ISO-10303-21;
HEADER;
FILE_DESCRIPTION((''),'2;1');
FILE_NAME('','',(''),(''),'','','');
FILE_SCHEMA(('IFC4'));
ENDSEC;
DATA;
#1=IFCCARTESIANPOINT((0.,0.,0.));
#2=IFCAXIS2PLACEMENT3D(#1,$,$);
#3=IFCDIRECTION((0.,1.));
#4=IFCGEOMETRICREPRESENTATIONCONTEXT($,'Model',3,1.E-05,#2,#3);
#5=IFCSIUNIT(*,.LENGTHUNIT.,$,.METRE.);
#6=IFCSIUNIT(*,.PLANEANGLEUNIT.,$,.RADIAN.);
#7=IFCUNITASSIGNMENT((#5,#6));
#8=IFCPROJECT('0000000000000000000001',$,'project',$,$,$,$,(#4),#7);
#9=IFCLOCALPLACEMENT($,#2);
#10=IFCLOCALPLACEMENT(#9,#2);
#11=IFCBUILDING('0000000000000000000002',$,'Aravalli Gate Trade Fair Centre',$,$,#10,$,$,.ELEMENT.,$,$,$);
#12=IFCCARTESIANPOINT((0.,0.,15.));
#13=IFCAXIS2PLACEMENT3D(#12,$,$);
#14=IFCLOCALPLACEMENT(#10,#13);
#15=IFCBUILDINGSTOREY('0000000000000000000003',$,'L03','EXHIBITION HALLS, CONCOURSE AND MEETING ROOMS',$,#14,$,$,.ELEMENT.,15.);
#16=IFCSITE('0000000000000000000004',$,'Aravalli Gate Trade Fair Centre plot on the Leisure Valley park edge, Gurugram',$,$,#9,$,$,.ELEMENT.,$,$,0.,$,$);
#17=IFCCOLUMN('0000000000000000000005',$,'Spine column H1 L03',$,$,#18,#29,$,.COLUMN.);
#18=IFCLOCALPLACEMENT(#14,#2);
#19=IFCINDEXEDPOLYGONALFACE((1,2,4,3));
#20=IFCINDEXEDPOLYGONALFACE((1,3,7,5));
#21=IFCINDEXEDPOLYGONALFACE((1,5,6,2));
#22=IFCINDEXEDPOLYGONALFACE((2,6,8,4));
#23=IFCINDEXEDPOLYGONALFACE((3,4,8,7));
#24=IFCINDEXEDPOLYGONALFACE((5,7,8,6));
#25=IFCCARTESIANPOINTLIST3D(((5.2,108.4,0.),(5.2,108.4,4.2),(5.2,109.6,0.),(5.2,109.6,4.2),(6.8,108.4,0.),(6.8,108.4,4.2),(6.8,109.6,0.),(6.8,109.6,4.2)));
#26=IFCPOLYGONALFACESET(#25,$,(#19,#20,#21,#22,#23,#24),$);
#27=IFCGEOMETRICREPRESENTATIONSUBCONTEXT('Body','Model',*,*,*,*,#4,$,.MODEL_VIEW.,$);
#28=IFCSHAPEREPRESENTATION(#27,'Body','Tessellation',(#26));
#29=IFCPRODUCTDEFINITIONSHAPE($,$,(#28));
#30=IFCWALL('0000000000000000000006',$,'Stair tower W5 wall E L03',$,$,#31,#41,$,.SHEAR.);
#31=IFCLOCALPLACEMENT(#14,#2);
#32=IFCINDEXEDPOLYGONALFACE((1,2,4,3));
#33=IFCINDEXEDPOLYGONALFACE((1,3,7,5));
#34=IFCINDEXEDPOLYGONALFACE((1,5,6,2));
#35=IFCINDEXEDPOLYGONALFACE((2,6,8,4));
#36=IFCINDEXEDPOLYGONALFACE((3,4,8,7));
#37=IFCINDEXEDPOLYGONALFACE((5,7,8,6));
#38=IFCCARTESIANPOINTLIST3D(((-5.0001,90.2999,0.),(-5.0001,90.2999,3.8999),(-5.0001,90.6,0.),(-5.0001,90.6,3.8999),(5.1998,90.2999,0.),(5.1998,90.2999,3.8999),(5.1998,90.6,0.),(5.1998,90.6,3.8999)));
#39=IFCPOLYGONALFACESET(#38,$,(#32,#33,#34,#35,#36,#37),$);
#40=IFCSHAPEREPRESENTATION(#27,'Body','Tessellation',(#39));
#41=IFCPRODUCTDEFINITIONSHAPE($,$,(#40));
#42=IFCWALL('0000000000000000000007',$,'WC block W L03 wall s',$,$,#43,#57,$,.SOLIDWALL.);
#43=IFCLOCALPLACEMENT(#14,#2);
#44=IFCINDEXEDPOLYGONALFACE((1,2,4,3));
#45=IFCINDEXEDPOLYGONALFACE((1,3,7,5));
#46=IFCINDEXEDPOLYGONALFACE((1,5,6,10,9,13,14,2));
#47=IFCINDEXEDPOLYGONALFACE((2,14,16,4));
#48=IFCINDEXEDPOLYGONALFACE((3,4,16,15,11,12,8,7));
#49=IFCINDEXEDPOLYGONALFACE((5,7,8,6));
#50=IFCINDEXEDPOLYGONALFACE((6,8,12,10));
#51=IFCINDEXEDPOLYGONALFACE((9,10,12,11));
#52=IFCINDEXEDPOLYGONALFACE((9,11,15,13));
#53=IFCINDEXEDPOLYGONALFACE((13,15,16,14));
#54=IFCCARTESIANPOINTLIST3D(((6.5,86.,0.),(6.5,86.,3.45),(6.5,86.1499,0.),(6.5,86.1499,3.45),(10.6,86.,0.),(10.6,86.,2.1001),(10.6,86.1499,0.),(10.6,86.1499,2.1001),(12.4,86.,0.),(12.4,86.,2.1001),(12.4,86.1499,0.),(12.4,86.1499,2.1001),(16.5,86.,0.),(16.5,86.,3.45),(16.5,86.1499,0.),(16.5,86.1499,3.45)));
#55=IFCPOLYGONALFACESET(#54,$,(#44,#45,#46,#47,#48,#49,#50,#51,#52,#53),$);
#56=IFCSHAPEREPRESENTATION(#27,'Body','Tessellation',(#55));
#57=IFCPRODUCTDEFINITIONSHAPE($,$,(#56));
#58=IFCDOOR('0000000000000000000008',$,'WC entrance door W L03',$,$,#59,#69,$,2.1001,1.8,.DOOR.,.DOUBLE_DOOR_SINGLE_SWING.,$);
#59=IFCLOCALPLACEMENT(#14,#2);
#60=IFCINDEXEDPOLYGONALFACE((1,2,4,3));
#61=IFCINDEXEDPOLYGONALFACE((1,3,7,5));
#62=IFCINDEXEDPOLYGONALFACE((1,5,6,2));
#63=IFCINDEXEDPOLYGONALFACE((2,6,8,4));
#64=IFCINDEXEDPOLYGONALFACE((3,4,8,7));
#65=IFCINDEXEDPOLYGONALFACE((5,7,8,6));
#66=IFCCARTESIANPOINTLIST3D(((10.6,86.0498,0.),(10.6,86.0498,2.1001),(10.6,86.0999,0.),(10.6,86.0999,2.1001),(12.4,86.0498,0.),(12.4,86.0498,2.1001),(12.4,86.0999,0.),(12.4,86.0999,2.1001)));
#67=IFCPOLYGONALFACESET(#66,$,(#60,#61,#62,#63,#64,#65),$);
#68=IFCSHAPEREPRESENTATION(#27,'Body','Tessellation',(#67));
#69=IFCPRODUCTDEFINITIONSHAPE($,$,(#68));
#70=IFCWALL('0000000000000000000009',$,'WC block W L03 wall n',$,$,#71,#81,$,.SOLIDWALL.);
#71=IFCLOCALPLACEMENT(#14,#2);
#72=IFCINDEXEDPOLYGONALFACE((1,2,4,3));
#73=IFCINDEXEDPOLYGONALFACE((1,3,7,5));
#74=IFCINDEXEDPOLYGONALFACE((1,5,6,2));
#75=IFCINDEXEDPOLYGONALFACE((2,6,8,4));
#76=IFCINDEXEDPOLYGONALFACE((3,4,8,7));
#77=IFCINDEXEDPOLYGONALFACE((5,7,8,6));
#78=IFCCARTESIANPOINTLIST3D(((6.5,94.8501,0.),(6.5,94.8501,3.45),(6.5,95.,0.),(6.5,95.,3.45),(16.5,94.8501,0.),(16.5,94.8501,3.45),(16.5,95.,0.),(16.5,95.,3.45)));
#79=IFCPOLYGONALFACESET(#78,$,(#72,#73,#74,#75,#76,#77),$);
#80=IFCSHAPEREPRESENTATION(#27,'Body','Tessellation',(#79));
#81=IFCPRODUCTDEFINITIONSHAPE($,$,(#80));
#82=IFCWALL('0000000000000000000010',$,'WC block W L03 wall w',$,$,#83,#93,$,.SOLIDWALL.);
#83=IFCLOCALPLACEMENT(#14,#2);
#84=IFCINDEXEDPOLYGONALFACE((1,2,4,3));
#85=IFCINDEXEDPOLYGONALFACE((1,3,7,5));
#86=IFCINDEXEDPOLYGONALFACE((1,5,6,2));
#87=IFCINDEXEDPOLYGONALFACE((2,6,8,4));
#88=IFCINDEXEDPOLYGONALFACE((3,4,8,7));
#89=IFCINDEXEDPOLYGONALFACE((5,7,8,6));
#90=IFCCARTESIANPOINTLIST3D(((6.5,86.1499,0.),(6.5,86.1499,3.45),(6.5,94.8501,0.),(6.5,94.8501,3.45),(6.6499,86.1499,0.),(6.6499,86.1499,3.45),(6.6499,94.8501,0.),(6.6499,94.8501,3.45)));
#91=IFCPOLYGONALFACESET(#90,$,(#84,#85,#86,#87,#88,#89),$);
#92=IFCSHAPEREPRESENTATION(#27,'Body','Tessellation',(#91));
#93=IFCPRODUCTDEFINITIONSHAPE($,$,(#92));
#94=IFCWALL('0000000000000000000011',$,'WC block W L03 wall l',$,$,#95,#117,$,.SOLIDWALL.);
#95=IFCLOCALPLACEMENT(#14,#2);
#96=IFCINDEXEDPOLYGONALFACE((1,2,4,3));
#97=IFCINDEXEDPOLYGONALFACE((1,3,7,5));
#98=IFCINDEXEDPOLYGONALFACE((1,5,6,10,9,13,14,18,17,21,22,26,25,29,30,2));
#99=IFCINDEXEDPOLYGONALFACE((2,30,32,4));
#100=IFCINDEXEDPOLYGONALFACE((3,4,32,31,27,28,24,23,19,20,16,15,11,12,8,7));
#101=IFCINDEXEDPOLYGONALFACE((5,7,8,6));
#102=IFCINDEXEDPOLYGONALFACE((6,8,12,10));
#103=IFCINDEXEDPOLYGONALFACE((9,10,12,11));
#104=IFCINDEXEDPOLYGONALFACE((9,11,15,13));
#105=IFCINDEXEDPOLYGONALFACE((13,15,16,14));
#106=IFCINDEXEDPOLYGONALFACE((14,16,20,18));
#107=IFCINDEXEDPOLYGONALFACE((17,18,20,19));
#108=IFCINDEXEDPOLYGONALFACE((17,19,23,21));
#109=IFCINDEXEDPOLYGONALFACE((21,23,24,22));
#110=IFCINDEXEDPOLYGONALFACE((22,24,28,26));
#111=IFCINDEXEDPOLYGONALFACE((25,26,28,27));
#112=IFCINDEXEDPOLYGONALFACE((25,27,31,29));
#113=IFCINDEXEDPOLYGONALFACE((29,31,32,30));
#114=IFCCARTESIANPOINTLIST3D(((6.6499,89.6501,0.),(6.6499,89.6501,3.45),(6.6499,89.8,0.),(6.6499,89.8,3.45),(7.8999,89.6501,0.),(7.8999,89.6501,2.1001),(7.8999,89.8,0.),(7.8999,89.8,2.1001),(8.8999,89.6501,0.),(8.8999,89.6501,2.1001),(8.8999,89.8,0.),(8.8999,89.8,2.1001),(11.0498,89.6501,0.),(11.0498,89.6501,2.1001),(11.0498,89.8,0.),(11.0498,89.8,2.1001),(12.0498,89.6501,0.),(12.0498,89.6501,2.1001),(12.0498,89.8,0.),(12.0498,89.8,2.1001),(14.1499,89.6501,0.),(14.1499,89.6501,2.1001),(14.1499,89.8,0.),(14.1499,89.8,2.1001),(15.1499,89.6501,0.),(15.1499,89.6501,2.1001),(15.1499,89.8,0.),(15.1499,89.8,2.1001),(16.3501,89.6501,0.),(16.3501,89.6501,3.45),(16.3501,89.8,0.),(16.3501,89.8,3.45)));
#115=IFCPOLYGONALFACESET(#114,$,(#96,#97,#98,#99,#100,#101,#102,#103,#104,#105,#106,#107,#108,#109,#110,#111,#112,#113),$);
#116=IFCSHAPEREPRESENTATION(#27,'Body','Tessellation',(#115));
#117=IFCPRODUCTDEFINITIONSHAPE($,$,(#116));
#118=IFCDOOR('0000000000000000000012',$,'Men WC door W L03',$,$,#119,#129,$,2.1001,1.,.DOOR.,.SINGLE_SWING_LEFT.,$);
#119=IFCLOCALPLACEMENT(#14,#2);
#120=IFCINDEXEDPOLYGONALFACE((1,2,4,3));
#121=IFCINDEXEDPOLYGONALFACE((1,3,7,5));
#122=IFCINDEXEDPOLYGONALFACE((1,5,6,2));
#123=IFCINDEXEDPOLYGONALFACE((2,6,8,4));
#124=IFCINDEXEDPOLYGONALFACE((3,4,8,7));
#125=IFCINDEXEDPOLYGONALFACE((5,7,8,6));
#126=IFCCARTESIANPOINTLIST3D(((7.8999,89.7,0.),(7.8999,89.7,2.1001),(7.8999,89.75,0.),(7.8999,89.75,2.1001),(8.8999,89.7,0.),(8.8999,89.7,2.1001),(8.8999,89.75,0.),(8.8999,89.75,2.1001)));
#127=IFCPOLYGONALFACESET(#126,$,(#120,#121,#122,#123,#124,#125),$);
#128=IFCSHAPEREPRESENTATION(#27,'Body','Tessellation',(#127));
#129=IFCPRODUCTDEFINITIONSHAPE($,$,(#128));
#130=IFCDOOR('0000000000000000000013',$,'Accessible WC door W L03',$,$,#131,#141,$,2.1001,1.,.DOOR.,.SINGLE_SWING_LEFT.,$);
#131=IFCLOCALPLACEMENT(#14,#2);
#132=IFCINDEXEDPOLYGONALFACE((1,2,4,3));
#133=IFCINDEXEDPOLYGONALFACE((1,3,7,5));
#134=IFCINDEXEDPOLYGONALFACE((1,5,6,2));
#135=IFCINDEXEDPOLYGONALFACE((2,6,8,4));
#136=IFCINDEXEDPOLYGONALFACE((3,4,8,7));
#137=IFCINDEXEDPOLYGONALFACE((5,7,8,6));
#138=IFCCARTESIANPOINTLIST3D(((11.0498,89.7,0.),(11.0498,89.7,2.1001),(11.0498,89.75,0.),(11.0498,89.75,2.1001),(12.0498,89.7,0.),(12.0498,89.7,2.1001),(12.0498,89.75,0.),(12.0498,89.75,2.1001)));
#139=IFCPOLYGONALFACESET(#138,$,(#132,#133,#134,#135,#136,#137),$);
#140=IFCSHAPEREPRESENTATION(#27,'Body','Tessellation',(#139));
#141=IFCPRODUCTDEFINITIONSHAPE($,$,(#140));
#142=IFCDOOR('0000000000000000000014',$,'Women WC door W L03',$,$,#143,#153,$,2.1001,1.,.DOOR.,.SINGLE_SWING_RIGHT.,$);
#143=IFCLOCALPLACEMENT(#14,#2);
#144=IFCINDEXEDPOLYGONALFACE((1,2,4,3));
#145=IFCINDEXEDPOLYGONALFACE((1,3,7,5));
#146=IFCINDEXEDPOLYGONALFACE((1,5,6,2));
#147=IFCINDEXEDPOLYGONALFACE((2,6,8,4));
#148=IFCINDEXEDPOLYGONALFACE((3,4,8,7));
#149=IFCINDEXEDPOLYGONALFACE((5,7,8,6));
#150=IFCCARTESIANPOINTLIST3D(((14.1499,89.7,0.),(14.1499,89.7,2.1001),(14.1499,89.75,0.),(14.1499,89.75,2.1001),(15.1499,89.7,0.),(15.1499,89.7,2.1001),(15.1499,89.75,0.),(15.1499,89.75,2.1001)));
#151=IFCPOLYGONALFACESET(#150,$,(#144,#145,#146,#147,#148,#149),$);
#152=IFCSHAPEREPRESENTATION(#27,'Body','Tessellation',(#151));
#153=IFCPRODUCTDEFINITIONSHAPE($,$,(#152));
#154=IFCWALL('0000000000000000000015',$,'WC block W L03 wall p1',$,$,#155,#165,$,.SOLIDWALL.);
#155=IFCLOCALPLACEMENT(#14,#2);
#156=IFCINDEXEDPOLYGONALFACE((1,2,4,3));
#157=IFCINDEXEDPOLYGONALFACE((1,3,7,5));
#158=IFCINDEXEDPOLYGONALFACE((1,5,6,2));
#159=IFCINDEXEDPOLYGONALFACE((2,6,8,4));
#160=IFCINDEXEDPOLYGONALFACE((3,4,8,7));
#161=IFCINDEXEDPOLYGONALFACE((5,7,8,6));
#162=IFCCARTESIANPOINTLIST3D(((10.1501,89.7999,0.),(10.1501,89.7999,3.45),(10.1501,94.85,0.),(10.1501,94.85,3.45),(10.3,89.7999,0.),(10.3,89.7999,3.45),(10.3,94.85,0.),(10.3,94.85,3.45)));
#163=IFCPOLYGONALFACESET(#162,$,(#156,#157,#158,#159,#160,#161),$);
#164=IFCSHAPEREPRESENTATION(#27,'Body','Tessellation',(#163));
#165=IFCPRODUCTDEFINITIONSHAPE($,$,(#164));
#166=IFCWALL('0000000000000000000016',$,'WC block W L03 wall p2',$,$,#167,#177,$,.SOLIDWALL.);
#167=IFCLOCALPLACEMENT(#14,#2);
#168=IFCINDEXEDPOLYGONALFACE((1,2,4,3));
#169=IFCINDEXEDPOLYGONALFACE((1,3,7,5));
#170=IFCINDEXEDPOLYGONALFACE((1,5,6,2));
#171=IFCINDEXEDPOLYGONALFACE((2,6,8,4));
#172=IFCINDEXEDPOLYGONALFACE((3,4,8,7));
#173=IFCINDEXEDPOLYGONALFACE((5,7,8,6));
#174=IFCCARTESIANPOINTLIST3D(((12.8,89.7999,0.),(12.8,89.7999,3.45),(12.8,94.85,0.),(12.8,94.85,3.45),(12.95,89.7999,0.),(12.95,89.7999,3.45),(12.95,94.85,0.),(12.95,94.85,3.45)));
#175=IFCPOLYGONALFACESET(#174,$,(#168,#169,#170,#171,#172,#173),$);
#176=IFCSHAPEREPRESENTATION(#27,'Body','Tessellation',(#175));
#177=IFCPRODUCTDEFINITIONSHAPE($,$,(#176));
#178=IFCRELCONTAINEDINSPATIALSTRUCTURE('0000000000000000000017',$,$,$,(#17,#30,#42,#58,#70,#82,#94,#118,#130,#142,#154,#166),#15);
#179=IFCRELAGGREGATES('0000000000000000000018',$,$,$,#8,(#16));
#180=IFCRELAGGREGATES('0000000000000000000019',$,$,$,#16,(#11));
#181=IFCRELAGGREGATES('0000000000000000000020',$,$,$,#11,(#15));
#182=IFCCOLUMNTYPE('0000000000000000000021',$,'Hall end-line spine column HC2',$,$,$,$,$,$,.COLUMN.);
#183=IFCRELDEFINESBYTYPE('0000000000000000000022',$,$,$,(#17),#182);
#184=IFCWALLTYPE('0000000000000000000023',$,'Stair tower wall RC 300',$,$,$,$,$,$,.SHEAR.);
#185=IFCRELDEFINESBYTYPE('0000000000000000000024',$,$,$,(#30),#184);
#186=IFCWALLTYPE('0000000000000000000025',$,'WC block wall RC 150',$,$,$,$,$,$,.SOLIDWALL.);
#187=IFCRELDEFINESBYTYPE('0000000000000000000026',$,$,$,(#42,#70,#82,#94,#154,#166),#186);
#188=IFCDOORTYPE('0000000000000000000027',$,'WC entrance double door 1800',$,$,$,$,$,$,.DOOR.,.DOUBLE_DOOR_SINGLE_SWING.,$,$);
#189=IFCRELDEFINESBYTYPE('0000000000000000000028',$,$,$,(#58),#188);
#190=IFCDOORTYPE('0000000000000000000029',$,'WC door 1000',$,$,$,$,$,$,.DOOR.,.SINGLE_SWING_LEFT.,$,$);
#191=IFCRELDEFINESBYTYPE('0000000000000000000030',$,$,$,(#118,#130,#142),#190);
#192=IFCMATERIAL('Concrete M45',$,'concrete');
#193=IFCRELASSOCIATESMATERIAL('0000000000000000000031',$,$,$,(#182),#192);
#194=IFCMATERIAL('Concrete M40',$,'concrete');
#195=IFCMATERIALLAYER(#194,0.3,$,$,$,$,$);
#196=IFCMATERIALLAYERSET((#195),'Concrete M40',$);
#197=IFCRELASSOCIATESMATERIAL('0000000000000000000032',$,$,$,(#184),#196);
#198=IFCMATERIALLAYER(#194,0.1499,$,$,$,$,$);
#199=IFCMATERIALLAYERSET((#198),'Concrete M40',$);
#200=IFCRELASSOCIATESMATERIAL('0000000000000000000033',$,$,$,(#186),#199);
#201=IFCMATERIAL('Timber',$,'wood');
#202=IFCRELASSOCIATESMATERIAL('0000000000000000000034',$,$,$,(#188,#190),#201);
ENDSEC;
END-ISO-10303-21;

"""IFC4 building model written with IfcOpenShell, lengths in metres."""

from ifc_helpers import new_model, si_unit, direction, frame, frame_2d, origin, origin_2d, place, context, subcontext, project, spatial, rectangle, extrude, material, layer, layer_set, material_profile, profile_set, type_object, element, fill, save


model = new_model("IFC4")

# Units and contexts
model_context = context("Model", 3, precision=1e-05, world=origin(), true_north=direction((0.0, 1.0)))
body_context = subcontext(model_context, "Body", "Model", "MODEL_VIEW")
ifc_project = project(units=[si_unit("LENGTHUNIT", "METRE"), si_unit("PLANEANGLEUNIT", "RADIAN")], contexts=[model_context])

# Site, building, storey
site_placement = place(None, origin())
site = spatial("IfcSite", under=ifc_project, at=site_placement, Name="Aravalli Gate Trade Fair Centre plot on the Leisure Valley park edge, Gurugram", CompositionType="ELEMENT", RefElevation=0.0)
building_placement = place(site_placement, origin())
building = spatial("IfcBuilding", under=site, at=building_placement, Name="Aravalli Gate Trade Fair Centre", CompositionType="ELEMENT")
storey_placement = place(building_placement, frame((0.0, 0.0, 15.0)))
storey = spatial("IfcBuildingStorey", under=building, at=storey_placement, Name="L03", Description="EXHIBITION HALLS, CONCOURSE AND MEETING ROOMS", CompositionType="ELEMENT", Elevation=15.0)

# Column
ifc_material_1 = material(Name="Concrete M45", Category="concrete")
ifc_material_profile = material_profile(ifc_material_1, rectangle(XDim=1.6001, YDim=1.2, at=origin_2d()), Name="RC 1600x1200")
ifc_profile_set = profile_set([ifc_material_profile], Name="Concrete M45")
column_type = type_object("IfcColumnType", Name="Hall end-line spine column HC2", PredefinedType="COLUMN", material=ifc_profile_set)
column_placement = place(storey_placement, frame((6.0, 109.0, 0.0), z_axis=(0.0, 0.0, 1.0), x_axis=(1.0, 0.0, 0.0)))
element("IfcColumn", 1, at=column_placement, inside=storey, type_object=column_type, Name="Spine column H1 L03", PredefinedType="COLUMN", context=body_context, shape_type="SweptSolid", body=[
    extrude(rectangle(XDim=1.6001, YDim=1.2, at=origin_2d()), origin(), (0.0, 0.0, 1.0), 4.2),
])

# Shared definitions
ifc_material_2 = material(Name="Concrete M40", Category="concrete")

# Wall
ifc_layer_1 = layer(ifc_material_2, 0.3)
ifc_layer_set_1 = layer_set([ifc_layer_1], Name="Concrete M40")
wall_type_1 = type_object("IfcWallType", Name="Stair tower wall RC 300", PredefinedType="SHEAR", material=ifc_layer_set_1)
wall_1_placement = place(storey_placement, frame((5.2, 90.45, 0.0), z_axis=(0.0, 0.0, 1.0), x_axis=(-1.0, 0.0, 0.0)))
element("IfcWall", 2, at=wall_1_placement, inside=storey, type_object=wall_type_1, Name="Stair tower W5 wall E L03", PredefinedType="SHEAR", context=body_context, shape_type="SweptSolid", body=[
    extrude(rectangle(XDim=10.2, YDim=0.3, at=frame_2d((5.1001, 0.0))), origin(), (0.0, 0.0, 1.0), 3.8999),
])

# Wall, opening, door
ifc_layer_2 = layer(ifc_material_2, 0.1499)
ifc_layer_set_2 = layer_set([ifc_layer_2], Name="Concrete M40")
wall_type_2 = type_object("IfcWallType", Name="WC block wall RC 150", PredefinedType="SOLIDWALL", material=ifc_layer_set_2)
wall_2_placement = place(storey_placement, frame((6.5, 86.075, 0.0), z_axis=(0.0, 0.0, 1.0), x_axis=(1.0, 0.0, 0.0)))
wall_2 = element("IfcWall", 3, at=wall_2_placement, inside=storey, type_object=wall_type_2, Name="WC block W L03 wall s", PredefinedType="SOLIDWALL", context=body_context, shape_type="SweptSolid", body=[
    extrude(rectangle(XDim=10.0, YDim=0.1499, at=frame_2d((5.0, 0.0))), origin(), (0.0, 0.0, 1.0), 3.45),
])
opening_1_placement = place(wall_2_placement, frame((4.1001, 0.0, 0.0)))
opening_1 = element("IfcOpeningElement", 4, at=opening_1_placement, cuts=wall_2, PredefinedType="OPENING", context=body_context, shape_type="SweptSolid", body=[
    extrude(rectangle(XDim=1.8, YDim=2.1001, at=frame_2d((0.8999, 1.05))), frame((0.0, 0.085, 0.0), z_axis=(0.0, -1.0, 0.0), x_axis=(1.0, 0.0, 0.0)), (0.0, 0.0, 1.0), 0.1699),
])
ifc_material_3 = material(Name="Timber", Category="wood")
door_type_1 = type_object("IfcDoorType", Name="WC entrance double door 1800", OperationType="DOUBLE_DOOR_SINGLE_SWING", PredefinedType="DOOR", material=ifc_material_3)
door_1_placement = place(opening_1_placement, origin())
door_1 = element("IfcDoor", 5, at=door_1_placement, inside=storey, type_object=door_type_1, Name="WC entrance door W L03", OperationType="DOUBLE_DOOR_SINGLE_SWING", OverallHeight=2.1001, OverallWidth=1.8, PredefinedType="DOOR", context=body_context, shape_type="SweptSolid", body=[
    extrude(rectangle(XDim=1.8, YDim=2.1001, at=frame_2d((0.8999, 1.05))), frame((0.0, 0.0249, 0.0), z_axis=(0.0, -1.0, 0.0), x_axis=(1.0, 0.0, 0.0)), (0.0, 0.0, 1.0), 0.05),
])
fill(opening_1, door_1)

# Walls
wall_3_placement = place(storey_placement, frame((6.5, 94.925, 0.0), z_axis=(0.0, 0.0, 1.0), x_axis=(1.0, 0.0, 0.0)))
element("IfcWall", 6, at=wall_3_placement, inside=storey, type_object=wall_type_2, Name="WC block W L03 wall n", PredefinedType="SOLIDWALL", context=body_context, shape_type="SweptSolid", body=[
    extrude(rectangle(XDim=10.0, YDim=0.1499, at=frame_2d((5.0, 0.0))), origin(), (0.0, 0.0, 1.0), 3.45),
])
wall_4_placement = place(storey_placement, frame((6.575, 86.1499, 0.0), z_axis=(0.0, 0.0, 1.0), x_axis=(0.0, 1.0, 0.0)))
element("IfcWall", 7, at=wall_4_placement, inside=storey, type_object=wall_type_2, Name="WC block W L03 wall w", PredefinedType="SOLIDWALL", context=body_context, shape_type="SweptSolid", body=[
    extrude(rectangle(XDim=8.7002, YDim=0.1499, at=frame_2d((4.3501, 0.0))), origin(), (0.0, 0.0, 1.0), 3.45),
])

# Wall, openings, doors
wall_5_placement = place(storey_placement, frame((6.6499, 89.7251, 0.0), z_axis=(0.0, 0.0, 1.0), x_axis=(1.0, 0.0, 0.0)))
wall_5 = element("IfcWall", 8, at=wall_5_placement, inside=storey, type_object=wall_type_2, Name="WC block W L03 wall l", PredefinedType="SOLIDWALL", context=body_context, shape_type="SweptSolid", body=[
    extrude(rectangle(XDim=9.7002, YDim=0.1499, at=frame_2d((4.8501, 0.0))), origin(), (0.0, 0.0, 1.0), 3.45),
])
opening_2_placement = place(wall_5_placement, frame((1.25, 0.0, 0.0)))
opening_2 = element("IfcOpeningElement", 9, at=opening_2_placement, cuts=wall_5, PredefinedType="OPENING", context=body_context, shape_type="SweptSolid", body=[
    extrude(rectangle(XDim=1.0, YDim=2.1001, at=frame_2d((0.5, 1.05))), frame((0.0, 0.085, 0.0), z_axis=(0.0, -1.0, 0.0), x_axis=(1.0, 0.0, 0.0)), (0.0, 0.0, 1.0), 0.1699),
])
opening_3_placement = place(wall_5_placement, frame((4.3999, 0.0, 0.0)))
opening_3 = element("IfcOpeningElement", 10, at=opening_3_placement, cuts=wall_5, PredefinedType="OPENING", context=body_context, shape_type="SweptSolid", body=[
    extrude(rectangle(XDim=1.0, YDim=2.1001, at=frame_2d((0.5, 1.05))), frame((0.0, 0.085, 0.0), z_axis=(0.0, -1.0, 0.0), x_axis=(1.0, 0.0, 0.0)), (0.0, 0.0, 1.0), 0.1699),
])
opening_4_placement = place(wall_5_placement, frame((7.5, 0.0, 0.0)))
opening_4 = element("IfcOpeningElement", 11, at=opening_4_placement, cuts=wall_5, PredefinedType="OPENING", context=body_context, shape_type="SweptSolid", body=[
    extrude(rectangle(XDim=1.0, YDim=2.1001, at=frame_2d((0.5, 1.05))), frame((0.0, 0.085, 0.0), z_axis=(0.0, -1.0, 0.0), x_axis=(1.0, 0.0, 0.0)), (0.0, 0.0, 1.0), 0.1699),
])
door_type_2 = type_object("IfcDoorType", Name="WC door 1000", OperationType="SINGLE_SWING_LEFT", PredefinedType="DOOR", material=ifc_material_3)
door_2_placement = place(opening_2_placement, origin())
door_2 = element("IfcDoor", 12, at=door_2_placement, inside=storey, type_object=door_type_2, Name="Men WC door W L03", OperationType="SINGLE_SWING_LEFT", OverallHeight=2.1001, OverallWidth=1.0, PredefinedType="DOOR", context=body_context, shape_type="SweptSolid", body=[
    extrude(rectangle(XDim=1.0, YDim=2.1001, at=frame_2d((0.5, 1.05))), frame((0.0, 0.0249, 0.0), z_axis=(0.0, -1.0, 0.0), x_axis=(1.0, 0.0, 0.0)), (0.0, 0.0, 1.0), 0.05),
])
fill(opening_2, door_2)
door_3_placement = place(opening_3_placement, origin())
door_3 = element("IfcDoor", 13, at=door_3_placement, inside=storey, type_object=door_type_2, Name="Accessible WC door W L03", OperationType="SINGLE_SWING_LEFT", OverallHeight=2.1001, OverallWidth=1.0, PredefinedType="DOOR", context=body_context, shape_type="SweptSolid", body=[
    extrude(rectangle(XDim=1.0, YDim=2.1001, at=frame_2d((0.5, 1.05))), frame((0.0, 0.0249, 0.0), z_axis=(0.0, -1.0, 0.0), x_axis=(1.0, 0.0, 0.0)), (0.0, 0.0, 1.0), 0.05),
])
fill(opening_3, door_3)
door_4_placement = place(opening_4_placement, origin())
door_4 = element("IfcDoor", 14, at=door_4_placement, inside=storey, type_object=door_type_2, Name="Women WC door W L03", OperationType="SINGLE_SWING_RIGHT", OverallHeight=2.1001, OverallWidth=1.0, PredefinedType="DOOR", context=body_context, shape_type="SweptSolid", body=[
    extrude(rectangle(XDim=1.0, YDim=2.1001, at=frame_2d((0.5, 1.05))), frame((0.0, 0.0249, 0.0), z_axis=(0.0, -1.0, 0.0), x_axis=(1.0, 0.0, 0.0)), (0.0, 0.0, 1.0), 0.05),
])
fill(opening_4, door_4)

# Walls
for number, where, z_axis, x_axis, name in (
    (15, (10.2251, 89.8, 0.0), (0.0, 0.0, 1.0), (0.0, 1.0, 0.0), "WC block W L03 wall p1"),
    (16, (12.875, 89.8, 0.0), (0.0, 0.0, 1.0), (0.0, 1.0, 0.0), "WC block W L03 wall p2"),
):
    element("IfcWall", number, at=place(storey_placement, frame(where, z_axis=z_axis, x_axis=x_axis)), inside=storey, type_object=wall_type_2, Name=name, PredefinedType="SOLIDWALL", context=body_context, shape_type="SweptSolid", body=[
        extrude(rectangle(XDim=5.05, YDim=0.1499, at=frame_2d((2.5249, 0.0))), origin(), (0.0, 0.0, 1.0), 3.45),
    ])

save(model, "model.ifc")
